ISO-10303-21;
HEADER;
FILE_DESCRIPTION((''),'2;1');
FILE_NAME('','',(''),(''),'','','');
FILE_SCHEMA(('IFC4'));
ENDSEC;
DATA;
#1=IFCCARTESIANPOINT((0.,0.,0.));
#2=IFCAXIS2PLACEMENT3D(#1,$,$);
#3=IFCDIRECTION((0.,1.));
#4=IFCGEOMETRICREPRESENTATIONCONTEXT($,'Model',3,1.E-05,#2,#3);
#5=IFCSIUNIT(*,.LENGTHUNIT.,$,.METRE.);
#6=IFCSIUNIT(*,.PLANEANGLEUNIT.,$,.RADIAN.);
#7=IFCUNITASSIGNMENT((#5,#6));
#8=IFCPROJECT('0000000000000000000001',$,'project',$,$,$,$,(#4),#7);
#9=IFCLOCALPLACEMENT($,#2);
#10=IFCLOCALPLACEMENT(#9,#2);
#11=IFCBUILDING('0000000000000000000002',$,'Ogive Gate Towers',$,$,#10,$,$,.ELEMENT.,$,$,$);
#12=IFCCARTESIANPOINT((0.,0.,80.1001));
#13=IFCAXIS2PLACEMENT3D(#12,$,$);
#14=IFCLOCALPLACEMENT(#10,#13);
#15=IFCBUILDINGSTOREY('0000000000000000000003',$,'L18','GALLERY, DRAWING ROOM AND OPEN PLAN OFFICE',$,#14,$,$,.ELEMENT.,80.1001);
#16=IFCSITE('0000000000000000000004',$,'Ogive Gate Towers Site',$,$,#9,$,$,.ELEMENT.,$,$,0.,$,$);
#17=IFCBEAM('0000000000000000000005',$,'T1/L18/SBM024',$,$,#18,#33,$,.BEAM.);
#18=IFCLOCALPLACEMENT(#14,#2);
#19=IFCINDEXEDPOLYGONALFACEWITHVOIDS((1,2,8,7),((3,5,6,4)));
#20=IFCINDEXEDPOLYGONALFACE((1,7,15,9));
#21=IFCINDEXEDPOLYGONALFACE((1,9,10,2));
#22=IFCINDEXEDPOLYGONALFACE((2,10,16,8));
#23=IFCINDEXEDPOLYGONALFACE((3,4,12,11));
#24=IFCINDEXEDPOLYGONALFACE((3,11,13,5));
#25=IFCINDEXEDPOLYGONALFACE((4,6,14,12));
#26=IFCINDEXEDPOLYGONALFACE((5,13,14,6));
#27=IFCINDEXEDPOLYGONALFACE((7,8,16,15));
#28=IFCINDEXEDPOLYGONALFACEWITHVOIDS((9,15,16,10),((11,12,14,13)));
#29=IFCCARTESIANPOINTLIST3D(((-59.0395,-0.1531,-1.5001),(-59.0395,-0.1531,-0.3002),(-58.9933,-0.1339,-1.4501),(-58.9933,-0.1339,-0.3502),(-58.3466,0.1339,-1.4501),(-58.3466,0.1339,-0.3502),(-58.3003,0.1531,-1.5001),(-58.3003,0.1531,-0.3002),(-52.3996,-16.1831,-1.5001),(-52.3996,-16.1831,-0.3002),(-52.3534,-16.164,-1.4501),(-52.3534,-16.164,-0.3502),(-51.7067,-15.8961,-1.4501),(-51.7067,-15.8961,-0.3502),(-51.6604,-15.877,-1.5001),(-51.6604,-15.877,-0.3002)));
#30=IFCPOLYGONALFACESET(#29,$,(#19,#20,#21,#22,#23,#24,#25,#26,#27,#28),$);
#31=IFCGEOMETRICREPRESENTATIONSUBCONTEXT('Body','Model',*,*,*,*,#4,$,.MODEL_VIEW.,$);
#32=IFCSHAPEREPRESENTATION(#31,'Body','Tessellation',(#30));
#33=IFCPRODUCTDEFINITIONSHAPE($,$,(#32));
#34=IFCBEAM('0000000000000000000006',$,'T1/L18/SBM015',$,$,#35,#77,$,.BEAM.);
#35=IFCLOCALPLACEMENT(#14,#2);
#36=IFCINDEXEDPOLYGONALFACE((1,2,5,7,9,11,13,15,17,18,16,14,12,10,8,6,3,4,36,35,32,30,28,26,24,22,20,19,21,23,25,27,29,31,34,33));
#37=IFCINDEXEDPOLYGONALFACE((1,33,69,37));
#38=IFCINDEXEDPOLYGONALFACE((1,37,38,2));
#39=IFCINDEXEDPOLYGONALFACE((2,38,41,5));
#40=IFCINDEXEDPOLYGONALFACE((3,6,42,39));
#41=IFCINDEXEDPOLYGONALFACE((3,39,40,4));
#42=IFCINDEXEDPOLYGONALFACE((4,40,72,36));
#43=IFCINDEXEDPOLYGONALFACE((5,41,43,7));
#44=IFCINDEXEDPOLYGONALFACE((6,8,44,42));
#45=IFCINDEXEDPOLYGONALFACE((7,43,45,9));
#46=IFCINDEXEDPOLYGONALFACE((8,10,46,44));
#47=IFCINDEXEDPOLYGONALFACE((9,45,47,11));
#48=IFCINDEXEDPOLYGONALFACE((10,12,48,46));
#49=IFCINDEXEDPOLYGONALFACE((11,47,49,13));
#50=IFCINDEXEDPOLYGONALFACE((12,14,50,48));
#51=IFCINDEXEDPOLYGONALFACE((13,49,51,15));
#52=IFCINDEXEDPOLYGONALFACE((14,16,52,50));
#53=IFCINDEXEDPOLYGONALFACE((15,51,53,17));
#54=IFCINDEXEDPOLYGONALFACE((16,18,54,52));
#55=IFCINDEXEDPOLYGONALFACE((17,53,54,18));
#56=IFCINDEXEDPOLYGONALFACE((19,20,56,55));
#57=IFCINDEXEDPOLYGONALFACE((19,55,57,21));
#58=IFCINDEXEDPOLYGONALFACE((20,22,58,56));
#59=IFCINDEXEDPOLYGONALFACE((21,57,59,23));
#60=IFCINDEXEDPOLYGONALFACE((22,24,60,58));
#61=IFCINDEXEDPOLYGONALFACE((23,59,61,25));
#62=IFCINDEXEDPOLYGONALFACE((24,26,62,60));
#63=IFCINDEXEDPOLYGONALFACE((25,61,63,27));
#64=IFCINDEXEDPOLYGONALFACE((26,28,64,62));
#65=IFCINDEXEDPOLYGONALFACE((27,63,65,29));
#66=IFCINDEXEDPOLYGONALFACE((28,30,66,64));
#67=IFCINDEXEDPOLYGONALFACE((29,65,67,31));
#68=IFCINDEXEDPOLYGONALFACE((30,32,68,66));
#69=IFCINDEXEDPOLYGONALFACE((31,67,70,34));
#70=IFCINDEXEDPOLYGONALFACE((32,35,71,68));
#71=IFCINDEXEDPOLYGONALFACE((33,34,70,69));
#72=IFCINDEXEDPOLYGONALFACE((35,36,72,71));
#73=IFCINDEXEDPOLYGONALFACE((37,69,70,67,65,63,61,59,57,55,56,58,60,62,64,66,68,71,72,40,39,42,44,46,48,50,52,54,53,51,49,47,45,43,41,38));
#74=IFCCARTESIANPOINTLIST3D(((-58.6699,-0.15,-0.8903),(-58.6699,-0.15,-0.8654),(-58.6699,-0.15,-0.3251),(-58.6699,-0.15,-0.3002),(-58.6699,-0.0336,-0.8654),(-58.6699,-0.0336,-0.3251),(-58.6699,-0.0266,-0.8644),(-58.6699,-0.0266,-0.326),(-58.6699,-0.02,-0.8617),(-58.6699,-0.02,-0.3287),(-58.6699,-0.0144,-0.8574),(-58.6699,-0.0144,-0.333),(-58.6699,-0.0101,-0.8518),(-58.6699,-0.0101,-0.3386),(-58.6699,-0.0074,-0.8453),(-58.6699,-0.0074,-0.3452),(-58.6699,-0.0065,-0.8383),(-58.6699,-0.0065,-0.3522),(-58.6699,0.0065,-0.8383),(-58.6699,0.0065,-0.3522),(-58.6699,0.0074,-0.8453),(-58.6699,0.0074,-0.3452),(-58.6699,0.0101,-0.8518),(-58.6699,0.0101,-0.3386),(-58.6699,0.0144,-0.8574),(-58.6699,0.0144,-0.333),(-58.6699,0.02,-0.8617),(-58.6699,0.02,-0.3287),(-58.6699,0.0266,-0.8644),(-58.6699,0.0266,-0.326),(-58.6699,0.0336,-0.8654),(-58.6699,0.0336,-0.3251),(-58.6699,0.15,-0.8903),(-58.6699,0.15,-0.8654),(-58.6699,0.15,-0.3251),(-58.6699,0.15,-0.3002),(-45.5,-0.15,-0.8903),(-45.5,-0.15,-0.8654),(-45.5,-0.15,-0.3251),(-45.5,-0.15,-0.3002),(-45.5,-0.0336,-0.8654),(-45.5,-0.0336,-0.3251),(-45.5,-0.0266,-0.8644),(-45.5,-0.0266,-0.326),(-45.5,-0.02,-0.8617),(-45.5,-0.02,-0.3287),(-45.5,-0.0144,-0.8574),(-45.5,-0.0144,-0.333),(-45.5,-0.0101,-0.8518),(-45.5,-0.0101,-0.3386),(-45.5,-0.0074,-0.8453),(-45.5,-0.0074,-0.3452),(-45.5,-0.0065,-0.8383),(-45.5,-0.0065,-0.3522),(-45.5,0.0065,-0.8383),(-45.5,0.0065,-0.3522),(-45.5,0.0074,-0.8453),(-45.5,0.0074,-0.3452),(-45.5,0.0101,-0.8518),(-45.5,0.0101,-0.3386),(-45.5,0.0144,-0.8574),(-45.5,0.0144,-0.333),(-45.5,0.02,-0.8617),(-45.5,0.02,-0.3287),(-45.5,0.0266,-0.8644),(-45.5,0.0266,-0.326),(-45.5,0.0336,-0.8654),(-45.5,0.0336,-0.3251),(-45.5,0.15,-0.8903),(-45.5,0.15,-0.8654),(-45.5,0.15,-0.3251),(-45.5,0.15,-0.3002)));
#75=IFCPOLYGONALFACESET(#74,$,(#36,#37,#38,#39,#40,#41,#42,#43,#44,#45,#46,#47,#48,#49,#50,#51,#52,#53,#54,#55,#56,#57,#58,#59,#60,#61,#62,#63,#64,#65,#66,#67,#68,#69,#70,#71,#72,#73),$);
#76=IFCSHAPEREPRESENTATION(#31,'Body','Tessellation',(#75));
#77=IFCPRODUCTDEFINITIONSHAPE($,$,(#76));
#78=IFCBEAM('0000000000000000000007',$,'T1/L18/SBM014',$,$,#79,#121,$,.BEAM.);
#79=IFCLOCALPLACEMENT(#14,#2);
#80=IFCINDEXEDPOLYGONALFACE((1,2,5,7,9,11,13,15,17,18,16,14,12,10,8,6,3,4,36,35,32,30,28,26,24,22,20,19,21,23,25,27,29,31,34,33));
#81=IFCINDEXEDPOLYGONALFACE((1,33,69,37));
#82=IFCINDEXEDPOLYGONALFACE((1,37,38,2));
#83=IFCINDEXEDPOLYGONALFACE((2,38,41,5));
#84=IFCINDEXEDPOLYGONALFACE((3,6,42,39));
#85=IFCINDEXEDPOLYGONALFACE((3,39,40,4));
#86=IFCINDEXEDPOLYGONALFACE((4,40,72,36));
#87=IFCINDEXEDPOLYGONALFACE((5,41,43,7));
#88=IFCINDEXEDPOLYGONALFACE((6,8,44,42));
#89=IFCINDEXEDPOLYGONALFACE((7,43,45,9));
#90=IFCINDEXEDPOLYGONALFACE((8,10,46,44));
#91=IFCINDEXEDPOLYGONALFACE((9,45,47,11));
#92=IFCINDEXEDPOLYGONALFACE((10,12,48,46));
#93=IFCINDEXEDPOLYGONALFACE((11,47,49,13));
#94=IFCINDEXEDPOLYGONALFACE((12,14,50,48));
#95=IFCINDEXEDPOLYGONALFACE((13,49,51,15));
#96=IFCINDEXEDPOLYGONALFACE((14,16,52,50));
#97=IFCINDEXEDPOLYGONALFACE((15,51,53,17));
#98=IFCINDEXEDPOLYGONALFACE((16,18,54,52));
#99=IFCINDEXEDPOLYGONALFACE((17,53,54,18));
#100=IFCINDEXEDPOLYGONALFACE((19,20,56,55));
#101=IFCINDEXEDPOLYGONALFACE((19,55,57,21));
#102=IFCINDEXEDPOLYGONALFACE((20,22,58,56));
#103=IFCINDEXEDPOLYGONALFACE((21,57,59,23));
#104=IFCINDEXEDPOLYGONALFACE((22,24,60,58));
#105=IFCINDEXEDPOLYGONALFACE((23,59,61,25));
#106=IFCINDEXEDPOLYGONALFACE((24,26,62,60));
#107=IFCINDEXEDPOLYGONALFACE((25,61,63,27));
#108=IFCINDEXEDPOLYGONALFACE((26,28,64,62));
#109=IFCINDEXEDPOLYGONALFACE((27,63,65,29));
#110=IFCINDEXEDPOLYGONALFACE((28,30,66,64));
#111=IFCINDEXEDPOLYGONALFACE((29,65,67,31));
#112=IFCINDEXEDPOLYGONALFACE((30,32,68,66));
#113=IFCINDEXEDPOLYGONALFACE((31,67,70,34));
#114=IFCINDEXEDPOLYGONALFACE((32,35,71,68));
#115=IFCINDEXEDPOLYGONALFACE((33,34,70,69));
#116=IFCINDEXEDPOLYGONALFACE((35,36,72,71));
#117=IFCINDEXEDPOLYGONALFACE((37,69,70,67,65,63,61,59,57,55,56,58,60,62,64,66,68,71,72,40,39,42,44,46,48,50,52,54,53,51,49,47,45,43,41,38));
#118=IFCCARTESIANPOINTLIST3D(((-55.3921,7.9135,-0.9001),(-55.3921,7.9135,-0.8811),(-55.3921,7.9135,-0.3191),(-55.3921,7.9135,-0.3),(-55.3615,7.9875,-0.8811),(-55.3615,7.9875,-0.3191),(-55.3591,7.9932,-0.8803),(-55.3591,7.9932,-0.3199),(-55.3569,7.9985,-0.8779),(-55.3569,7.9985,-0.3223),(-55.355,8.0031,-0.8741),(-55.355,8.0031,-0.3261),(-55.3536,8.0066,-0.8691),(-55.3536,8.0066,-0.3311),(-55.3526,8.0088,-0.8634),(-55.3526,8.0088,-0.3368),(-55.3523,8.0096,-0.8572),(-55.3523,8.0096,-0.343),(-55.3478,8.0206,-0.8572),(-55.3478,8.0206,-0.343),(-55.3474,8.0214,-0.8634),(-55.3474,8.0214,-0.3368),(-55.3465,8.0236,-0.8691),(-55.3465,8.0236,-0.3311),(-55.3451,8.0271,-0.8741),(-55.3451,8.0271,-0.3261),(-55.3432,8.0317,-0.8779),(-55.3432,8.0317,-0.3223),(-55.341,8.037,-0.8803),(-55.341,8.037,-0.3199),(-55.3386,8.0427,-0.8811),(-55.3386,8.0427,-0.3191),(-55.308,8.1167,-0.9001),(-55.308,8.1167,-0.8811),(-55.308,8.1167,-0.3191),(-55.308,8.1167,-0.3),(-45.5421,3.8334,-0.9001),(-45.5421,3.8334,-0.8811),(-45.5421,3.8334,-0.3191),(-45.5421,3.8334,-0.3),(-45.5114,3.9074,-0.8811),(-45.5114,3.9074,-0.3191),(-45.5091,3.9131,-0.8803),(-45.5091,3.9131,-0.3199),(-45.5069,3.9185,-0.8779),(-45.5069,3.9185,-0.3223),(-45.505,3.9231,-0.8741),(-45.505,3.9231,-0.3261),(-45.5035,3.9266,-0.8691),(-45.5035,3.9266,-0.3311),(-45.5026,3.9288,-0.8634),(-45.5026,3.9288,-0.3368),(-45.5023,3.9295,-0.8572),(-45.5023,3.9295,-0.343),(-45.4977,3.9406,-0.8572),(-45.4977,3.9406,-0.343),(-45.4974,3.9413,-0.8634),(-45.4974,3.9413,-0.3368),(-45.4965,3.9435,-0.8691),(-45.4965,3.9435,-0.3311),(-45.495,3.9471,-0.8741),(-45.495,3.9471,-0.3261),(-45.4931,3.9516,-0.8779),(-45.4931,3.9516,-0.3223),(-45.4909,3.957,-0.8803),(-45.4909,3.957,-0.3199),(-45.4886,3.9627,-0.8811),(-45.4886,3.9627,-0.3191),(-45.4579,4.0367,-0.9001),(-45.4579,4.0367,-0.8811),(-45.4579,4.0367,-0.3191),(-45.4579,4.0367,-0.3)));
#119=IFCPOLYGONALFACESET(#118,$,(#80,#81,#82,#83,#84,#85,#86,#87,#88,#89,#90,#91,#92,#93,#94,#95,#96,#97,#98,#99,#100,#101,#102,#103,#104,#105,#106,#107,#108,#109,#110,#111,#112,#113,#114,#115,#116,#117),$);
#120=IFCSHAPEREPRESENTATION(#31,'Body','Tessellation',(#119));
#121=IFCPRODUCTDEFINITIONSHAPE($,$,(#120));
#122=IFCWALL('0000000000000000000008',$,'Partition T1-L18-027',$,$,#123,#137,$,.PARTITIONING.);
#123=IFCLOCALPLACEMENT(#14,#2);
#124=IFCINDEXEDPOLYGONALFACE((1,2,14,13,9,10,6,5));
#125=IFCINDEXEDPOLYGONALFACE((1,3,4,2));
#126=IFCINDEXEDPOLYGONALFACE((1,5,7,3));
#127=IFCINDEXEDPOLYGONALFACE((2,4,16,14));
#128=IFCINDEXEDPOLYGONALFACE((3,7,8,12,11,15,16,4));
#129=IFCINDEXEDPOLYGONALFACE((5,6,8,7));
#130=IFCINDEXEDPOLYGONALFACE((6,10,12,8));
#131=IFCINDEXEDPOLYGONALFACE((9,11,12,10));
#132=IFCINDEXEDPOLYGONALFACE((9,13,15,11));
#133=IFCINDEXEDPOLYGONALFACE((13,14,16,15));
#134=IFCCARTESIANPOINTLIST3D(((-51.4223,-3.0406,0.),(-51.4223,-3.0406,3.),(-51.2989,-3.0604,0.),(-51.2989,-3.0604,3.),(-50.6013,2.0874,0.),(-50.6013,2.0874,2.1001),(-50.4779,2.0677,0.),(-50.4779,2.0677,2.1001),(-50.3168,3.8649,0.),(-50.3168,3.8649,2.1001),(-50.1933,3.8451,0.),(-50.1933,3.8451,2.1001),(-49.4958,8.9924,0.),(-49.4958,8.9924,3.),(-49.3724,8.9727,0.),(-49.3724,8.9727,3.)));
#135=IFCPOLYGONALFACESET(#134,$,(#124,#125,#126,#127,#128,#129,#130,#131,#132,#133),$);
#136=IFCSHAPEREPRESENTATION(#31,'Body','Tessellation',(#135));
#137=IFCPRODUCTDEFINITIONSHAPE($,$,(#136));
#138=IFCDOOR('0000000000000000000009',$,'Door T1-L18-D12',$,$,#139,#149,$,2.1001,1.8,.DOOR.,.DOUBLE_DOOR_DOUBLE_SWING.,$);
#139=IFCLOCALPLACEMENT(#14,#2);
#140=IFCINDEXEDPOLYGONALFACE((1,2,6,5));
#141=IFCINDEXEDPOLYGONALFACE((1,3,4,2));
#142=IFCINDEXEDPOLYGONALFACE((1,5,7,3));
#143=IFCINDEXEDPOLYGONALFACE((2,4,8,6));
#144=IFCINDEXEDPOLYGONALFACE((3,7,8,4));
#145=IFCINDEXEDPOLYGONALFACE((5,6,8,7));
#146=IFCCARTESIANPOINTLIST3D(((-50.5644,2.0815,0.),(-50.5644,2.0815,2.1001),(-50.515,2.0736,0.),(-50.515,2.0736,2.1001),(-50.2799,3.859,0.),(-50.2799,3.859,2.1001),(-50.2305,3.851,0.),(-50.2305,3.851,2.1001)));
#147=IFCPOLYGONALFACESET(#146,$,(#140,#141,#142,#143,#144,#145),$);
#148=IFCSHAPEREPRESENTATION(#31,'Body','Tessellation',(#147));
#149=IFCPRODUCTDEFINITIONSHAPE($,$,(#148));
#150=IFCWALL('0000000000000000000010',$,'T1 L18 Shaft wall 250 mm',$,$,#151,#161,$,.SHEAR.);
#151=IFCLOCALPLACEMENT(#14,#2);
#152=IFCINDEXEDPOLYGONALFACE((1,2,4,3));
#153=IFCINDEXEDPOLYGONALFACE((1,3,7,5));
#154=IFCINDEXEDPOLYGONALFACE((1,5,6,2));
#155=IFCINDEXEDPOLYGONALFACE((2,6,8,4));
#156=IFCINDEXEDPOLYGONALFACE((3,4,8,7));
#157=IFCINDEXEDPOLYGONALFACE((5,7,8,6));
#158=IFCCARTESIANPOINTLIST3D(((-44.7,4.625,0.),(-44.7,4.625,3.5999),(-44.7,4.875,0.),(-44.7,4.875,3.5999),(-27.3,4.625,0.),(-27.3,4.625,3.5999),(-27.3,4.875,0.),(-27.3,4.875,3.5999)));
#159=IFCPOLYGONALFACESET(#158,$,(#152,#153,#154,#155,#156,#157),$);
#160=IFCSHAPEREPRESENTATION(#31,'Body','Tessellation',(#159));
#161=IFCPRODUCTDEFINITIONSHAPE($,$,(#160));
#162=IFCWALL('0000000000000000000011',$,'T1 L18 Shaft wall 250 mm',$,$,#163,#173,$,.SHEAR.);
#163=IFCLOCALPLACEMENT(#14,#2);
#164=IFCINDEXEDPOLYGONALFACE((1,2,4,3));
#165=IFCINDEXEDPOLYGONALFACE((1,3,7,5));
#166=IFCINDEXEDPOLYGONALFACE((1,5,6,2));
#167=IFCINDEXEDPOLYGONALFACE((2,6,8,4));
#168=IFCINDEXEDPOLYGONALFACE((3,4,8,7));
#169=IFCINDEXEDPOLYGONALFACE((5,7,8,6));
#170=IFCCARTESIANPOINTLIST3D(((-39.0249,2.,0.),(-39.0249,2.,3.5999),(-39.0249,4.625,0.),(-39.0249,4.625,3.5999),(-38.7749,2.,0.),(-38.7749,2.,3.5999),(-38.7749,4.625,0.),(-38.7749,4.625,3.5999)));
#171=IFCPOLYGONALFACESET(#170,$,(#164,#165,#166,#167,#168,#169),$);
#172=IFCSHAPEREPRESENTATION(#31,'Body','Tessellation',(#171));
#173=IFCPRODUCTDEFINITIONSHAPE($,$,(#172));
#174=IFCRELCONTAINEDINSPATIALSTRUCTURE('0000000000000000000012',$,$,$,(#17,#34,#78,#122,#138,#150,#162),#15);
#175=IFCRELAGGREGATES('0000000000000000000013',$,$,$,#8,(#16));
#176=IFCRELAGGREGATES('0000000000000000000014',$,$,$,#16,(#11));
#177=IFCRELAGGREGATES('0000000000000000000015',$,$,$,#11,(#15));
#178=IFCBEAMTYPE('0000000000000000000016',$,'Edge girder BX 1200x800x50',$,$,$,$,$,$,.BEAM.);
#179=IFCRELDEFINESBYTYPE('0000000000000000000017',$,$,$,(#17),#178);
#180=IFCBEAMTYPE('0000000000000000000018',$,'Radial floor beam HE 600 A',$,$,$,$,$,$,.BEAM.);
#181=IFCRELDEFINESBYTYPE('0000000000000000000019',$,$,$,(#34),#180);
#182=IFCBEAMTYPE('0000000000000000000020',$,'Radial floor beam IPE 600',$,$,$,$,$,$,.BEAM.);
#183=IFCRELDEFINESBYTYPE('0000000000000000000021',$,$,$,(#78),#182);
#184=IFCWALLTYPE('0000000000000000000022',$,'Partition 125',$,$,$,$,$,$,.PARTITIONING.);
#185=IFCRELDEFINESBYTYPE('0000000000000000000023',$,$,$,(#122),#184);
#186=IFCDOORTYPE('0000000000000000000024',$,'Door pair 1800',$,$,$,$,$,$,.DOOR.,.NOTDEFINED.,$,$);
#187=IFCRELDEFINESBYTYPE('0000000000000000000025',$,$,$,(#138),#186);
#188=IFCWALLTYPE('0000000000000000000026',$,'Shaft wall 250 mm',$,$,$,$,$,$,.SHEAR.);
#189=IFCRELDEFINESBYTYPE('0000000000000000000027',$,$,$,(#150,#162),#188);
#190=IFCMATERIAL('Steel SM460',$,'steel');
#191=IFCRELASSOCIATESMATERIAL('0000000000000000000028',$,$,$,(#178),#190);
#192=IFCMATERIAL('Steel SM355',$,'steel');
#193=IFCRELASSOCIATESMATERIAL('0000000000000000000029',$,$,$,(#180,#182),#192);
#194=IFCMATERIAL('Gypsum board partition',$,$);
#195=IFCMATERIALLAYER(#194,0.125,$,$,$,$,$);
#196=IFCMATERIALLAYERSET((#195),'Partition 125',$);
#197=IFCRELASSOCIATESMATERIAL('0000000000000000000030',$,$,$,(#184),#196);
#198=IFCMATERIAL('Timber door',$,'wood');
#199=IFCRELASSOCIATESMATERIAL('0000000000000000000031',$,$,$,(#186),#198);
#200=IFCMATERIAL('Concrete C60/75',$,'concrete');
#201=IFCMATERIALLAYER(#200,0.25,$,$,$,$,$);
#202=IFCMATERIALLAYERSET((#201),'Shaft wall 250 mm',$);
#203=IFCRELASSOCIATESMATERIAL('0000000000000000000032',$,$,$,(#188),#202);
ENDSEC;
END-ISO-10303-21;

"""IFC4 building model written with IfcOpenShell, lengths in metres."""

from ifc_helpers import new_model, si_unit, direction, frame, frame_2d, origin, origin_2d, place, context, subcontext, project, spatial, rectangle, hollow_rectangle, i_section, extrude, material, layer, layer_set, material_profile, profile_set, type_object, element, fill, save


model = new_model("IFC4")

# Units and contexts
model_context = context("Model", 3, precision=1e-05, world=origin(), true_north=direction((0.0, 1.0)))
body_context = subcontext(model_context, "Body", "Model", "MODEL_VIEW")
ifc_project = project(units=[si_unit("LENGTHUNIT", "METRE"), si_unit("PLANEANGLEUNIT", "RADIAN")], contexts=[model_context])

# Site, building, storey
site_placement = place(None, origin())
site = spatial("IfcSite", under=ifc_project, at=site_placement, Name="Ogive Gate Towers Site", CompositionType="ELEMENT", RefElevation=0.0)
building_placement = place(site_placement, origin())
building = spatial("IfcBuilding", under=site, at=building_placement, Name="Ogive Gate Towers", CompositionType="ELEMENT")
storey_placement = place(building_placement, frame((0.0, 0.0, 80.1001)))
storey = spatial("IfcBuildingStorey", under=building, at=storey_placement, Name="L18", Description="GALLERY, DRAWING ROOM AND OPEN PLAN OFFICE", CompositionType="ELEMENT", Elevation=80.1001)

# Beams
ifc_material_1 = material(Name="Steel SM460", Category="steel")
ifc_material_profile_1 = material_profile(ifc_material_1, hollow_rectangle(XDim=0.8, YDim=1.2, WallThickness=0.05, at=origin_2d()), Name="BX 1200x800x50")
ifc_profile_set_1 = profile_set([ifc_material_profile_1], Name="Steel SM460")
beam_type_1 = type_object("IfcBeamType", Name="Edge girder BX 1200x800x50", PredefinedType="BEAM", material=ifc_profile_set_1)
beam_1_placement = place(storey_placement, frame((-58.6699, 0.0, -0.9001), z_axis=(0.382685, -0.923879, 0.0), x_axis=(0.923879, 0.382685, 0.0)))
element("IfcBeam", 1, at=beam_1_placement, inside=storey, type_object=beam_type_1, Name="T1/L18/SBM024", PredefinedType="BEAM", context=body_context, shape_type="SweptSolid", body=[
    extrude(hollow_rectangle(XDim=0.8, YDim=1.2, WallThickness=0.05, at=origin_2d()), origin(), (0.0, 0.0, 1.0), 17.3508),
])
ifc_material_2 = material(Name="Steel SM355", Category="steel")
ifc_material_profile_2 = material_profile(ifc_material_2, i_section(OverallWidth=0.3, OverallDepth=0.5901, WebThickness=0.0129, FlangeThickness=0.0249, FilletRadius=0.0271, at=origin_2d()), Name="HE 600 A")
ifc_profile_set_2 = profile_set([ifc_material_profile_2], Name="Steel SM355")
beam_type_2 = type_object("IfcBeamType", Name="Radial floor beam HE 600 A", PredefinedType="BEAM", material=ifc_profile_set_2)
beam_2_placement = place(storey_placement, frame((-45.5, 0.0, -0.5952), z_axis=(-1.0, 0.0, 0.0), x_axis=(0.0, -1.0, 0.0)))
element("IfcBeam", 2, at=beam_2_placement, inside=storey, type_object=beam_type_2, Name="T1/L18/SBM015", PredefinedType="BEAM", context=body_context, shape_type="SweptSolid", body=[
    extrude(i_section(OverallWidth=0.3, OverallDepth=0.5901, WebThickness=0.0129, FlangeThickness=0.0249, FilletRadius=0.0271, at=origin_2d()), origin(), (0.0, 0.0, 1.0), 13.1699),
])
ifc_material_profile_3 = material_profile(ifc_material_2, i_section(OverallWidth=0.22, OverallDepth=0.6001, WebThickness=0.012, FlangeThickness=0.019, FilletRadius=0.0239, at=origin_2d()), Name="IPE 600")
ifc_profile_set_3 = profile_set([ifc_material_profile_3], Name="Steel SM355")
beam_type_3 = type_object("IfcBeamType", Name="Radial floor beam IPE 600", PredefinedType="BEAM", material=ifc_profile_set_3)
beam_3_placement = place(storey_placement, frame((-45.5, 3.9351, -0.6001), z_axis=(-0.923878, 0.382686, 0.0), x_axis=(-0.382686, -0.923878, 0.0)))
element("IfcBeam", 3, at=beam_3_placement, inside=storey, type_object=beam_type_3, Name="T1/L18/SBM014", PredefinedType="BEAM", context=body_context, shape_type="SweptSolid", body=[
    extrude(i_section(OverallWidth=0.22, OverallDepth=0.6001, WebThickness=0.012, FlangeThickness=0.019, FilletRadius=0.0239, at=origin_2d()), origin(), (0.0, 0.0, 1.0), 10.6616),
])

# Wall, opening, door
ifc_material_3 = material(Name="Gypsum board partition")
ifc_layer_1 = layer(ifc_material_3, 0.125)
ifc_layer_set_1 = layer_set([ifc_layer_1], Name="Partition 125")
wall_type_1 = type_object("IfcWallType", Name="Partition 125", PredefinedType="PARTITIONING", material=ifc_layer_set_1)
wall_1_placement = place(storey_placement, frame((-49.4341, 8.9827, 0.0), z_axis=(0.0, 0.0, 1.0), x_axis=(-0.15809, -0.987425, 0.0)))
wall_1 = element("IfcWall", 4, at=wall_1_placement, inside=storey, type_object=wall_type_1, Name="Partition T1-L18-027", PredefinedType="PARTITIONING", context=body_context, shape_type="SweptSolid", body=[
    extrude(rectangle(XDim=12.1863, YDim=0.125, at=frame_2d((6.0933, 0.0))), origin(), (0.0, 0.0, 1.0), 3.0),
])
opening_1_placement = place(wall_1_placement, frame((5.1931, 0.0, 0.0)))
opening_1 = element("IfcOpeningElement", 5, at=opening_1_placement, cuts=wall_1, PredefinedType="OPENING", context=body_context, shape_type="SweptSolid", body=[
    extrude(rectangle(XDim=1.8, YDim=2.1001, at=frame_2d((0.8999, 1.05))), frame((0.0, 0.0725, 0.0), z_axis=(0.0, -1.0, 0.0), x_axis=(1.0, 0.0, 0.0)), (0.0, 0.0, 1.0), 0.145),
])
ifc_material_4 = material(Name="Timber door", Category="wood")
door_type_1 = type_object("IfcDoorType", Name="Door pair 1800", OperationType="NOTDEFINED", PredefinedType="DOOR", material=ifc_material_4)
door_1_placement = place(opening_1_placement, origin())
door_1 = element("IfcDoor", 6, at=door_1_placement, inside=storey, type_object=door_type_1, Name="Door T1-L18-D12", OperationType="DOUBLE_DOOR_DOUBLE_SWING", OverallHeight=2.1001, OverallWidth=1.8, PredefinedType="DOOR", context=body_context, shape_type="SweptSolid", body=[
    extrude(rectangle(XDim=1.8, YDim=2.1001, at=frame_2d((0.8999, 1.05))), frame((0.0, 0.0249, 0.0), z_axis=(0.0, -1.0, 0.0), x_axis=(1.0, 0.0, 0.0)), (0.0, 0.0, 1.0), 0.05),
])
fill(opening_1, door_1)

# Walls
ifc_material_5 = material(Name="Concrete C60/75", Category="concrete")
ifc_layer_2 = layer(ifc_material_5, 0.25)
ifc_layer_set_2 = layer_set([ifc_layer_2], Name="Shaft wall 250 mm")
wall_type_2 = type_object("IfcWallType", Name="Shaft wall 250 mm", PredefinedType="SHEAR", material=ifc_layer_set_2)
wall_2_placement = place(storey_placement, frame((-44.7, 4.75, 0.0), z_axis=(0.0, 0.0, 1.0), x_axis=(1.0, 0.0, 0.0)))
element("IfcWall", 7, at=wall_2_placement, inside=storey, type_object=wall_type_2, Name="T1 L18 Shaft wall 250 mm", PredefinedType="SHEAR", context=body_context, shape_type="SweptSolid", body=[
    extrude(rectangle(XDim=17.3999, YDim=0.25, at=frame_2d((8.7, 0.0))), origin(), (0.0, 0.0, 1.0), 3.5999),
])
wall_3_placement = place(storey_placement, frame((-38.8999, 2.0, 0.0), z_axis=(0.0, 0.0, 1.0), x_axis=(0.0, 1.0, 0.0)))
element("IfcWall", 8, at=wall_3_placement, inside=storey, type_object=wall_type_2, Name="T1 L18 Shaft wall 250 mm", PredefinedType="SHEAR", context=body_context, shape_type="SweptSolid", body=[
    extrude(rectangle(XDim=2.625, YDim=0.25, at=frame_2d((1.3125, 0.0))), origin(), (0.0, 0.0, 1.0), 3.5999),
])

save(model, "model.ifc")
